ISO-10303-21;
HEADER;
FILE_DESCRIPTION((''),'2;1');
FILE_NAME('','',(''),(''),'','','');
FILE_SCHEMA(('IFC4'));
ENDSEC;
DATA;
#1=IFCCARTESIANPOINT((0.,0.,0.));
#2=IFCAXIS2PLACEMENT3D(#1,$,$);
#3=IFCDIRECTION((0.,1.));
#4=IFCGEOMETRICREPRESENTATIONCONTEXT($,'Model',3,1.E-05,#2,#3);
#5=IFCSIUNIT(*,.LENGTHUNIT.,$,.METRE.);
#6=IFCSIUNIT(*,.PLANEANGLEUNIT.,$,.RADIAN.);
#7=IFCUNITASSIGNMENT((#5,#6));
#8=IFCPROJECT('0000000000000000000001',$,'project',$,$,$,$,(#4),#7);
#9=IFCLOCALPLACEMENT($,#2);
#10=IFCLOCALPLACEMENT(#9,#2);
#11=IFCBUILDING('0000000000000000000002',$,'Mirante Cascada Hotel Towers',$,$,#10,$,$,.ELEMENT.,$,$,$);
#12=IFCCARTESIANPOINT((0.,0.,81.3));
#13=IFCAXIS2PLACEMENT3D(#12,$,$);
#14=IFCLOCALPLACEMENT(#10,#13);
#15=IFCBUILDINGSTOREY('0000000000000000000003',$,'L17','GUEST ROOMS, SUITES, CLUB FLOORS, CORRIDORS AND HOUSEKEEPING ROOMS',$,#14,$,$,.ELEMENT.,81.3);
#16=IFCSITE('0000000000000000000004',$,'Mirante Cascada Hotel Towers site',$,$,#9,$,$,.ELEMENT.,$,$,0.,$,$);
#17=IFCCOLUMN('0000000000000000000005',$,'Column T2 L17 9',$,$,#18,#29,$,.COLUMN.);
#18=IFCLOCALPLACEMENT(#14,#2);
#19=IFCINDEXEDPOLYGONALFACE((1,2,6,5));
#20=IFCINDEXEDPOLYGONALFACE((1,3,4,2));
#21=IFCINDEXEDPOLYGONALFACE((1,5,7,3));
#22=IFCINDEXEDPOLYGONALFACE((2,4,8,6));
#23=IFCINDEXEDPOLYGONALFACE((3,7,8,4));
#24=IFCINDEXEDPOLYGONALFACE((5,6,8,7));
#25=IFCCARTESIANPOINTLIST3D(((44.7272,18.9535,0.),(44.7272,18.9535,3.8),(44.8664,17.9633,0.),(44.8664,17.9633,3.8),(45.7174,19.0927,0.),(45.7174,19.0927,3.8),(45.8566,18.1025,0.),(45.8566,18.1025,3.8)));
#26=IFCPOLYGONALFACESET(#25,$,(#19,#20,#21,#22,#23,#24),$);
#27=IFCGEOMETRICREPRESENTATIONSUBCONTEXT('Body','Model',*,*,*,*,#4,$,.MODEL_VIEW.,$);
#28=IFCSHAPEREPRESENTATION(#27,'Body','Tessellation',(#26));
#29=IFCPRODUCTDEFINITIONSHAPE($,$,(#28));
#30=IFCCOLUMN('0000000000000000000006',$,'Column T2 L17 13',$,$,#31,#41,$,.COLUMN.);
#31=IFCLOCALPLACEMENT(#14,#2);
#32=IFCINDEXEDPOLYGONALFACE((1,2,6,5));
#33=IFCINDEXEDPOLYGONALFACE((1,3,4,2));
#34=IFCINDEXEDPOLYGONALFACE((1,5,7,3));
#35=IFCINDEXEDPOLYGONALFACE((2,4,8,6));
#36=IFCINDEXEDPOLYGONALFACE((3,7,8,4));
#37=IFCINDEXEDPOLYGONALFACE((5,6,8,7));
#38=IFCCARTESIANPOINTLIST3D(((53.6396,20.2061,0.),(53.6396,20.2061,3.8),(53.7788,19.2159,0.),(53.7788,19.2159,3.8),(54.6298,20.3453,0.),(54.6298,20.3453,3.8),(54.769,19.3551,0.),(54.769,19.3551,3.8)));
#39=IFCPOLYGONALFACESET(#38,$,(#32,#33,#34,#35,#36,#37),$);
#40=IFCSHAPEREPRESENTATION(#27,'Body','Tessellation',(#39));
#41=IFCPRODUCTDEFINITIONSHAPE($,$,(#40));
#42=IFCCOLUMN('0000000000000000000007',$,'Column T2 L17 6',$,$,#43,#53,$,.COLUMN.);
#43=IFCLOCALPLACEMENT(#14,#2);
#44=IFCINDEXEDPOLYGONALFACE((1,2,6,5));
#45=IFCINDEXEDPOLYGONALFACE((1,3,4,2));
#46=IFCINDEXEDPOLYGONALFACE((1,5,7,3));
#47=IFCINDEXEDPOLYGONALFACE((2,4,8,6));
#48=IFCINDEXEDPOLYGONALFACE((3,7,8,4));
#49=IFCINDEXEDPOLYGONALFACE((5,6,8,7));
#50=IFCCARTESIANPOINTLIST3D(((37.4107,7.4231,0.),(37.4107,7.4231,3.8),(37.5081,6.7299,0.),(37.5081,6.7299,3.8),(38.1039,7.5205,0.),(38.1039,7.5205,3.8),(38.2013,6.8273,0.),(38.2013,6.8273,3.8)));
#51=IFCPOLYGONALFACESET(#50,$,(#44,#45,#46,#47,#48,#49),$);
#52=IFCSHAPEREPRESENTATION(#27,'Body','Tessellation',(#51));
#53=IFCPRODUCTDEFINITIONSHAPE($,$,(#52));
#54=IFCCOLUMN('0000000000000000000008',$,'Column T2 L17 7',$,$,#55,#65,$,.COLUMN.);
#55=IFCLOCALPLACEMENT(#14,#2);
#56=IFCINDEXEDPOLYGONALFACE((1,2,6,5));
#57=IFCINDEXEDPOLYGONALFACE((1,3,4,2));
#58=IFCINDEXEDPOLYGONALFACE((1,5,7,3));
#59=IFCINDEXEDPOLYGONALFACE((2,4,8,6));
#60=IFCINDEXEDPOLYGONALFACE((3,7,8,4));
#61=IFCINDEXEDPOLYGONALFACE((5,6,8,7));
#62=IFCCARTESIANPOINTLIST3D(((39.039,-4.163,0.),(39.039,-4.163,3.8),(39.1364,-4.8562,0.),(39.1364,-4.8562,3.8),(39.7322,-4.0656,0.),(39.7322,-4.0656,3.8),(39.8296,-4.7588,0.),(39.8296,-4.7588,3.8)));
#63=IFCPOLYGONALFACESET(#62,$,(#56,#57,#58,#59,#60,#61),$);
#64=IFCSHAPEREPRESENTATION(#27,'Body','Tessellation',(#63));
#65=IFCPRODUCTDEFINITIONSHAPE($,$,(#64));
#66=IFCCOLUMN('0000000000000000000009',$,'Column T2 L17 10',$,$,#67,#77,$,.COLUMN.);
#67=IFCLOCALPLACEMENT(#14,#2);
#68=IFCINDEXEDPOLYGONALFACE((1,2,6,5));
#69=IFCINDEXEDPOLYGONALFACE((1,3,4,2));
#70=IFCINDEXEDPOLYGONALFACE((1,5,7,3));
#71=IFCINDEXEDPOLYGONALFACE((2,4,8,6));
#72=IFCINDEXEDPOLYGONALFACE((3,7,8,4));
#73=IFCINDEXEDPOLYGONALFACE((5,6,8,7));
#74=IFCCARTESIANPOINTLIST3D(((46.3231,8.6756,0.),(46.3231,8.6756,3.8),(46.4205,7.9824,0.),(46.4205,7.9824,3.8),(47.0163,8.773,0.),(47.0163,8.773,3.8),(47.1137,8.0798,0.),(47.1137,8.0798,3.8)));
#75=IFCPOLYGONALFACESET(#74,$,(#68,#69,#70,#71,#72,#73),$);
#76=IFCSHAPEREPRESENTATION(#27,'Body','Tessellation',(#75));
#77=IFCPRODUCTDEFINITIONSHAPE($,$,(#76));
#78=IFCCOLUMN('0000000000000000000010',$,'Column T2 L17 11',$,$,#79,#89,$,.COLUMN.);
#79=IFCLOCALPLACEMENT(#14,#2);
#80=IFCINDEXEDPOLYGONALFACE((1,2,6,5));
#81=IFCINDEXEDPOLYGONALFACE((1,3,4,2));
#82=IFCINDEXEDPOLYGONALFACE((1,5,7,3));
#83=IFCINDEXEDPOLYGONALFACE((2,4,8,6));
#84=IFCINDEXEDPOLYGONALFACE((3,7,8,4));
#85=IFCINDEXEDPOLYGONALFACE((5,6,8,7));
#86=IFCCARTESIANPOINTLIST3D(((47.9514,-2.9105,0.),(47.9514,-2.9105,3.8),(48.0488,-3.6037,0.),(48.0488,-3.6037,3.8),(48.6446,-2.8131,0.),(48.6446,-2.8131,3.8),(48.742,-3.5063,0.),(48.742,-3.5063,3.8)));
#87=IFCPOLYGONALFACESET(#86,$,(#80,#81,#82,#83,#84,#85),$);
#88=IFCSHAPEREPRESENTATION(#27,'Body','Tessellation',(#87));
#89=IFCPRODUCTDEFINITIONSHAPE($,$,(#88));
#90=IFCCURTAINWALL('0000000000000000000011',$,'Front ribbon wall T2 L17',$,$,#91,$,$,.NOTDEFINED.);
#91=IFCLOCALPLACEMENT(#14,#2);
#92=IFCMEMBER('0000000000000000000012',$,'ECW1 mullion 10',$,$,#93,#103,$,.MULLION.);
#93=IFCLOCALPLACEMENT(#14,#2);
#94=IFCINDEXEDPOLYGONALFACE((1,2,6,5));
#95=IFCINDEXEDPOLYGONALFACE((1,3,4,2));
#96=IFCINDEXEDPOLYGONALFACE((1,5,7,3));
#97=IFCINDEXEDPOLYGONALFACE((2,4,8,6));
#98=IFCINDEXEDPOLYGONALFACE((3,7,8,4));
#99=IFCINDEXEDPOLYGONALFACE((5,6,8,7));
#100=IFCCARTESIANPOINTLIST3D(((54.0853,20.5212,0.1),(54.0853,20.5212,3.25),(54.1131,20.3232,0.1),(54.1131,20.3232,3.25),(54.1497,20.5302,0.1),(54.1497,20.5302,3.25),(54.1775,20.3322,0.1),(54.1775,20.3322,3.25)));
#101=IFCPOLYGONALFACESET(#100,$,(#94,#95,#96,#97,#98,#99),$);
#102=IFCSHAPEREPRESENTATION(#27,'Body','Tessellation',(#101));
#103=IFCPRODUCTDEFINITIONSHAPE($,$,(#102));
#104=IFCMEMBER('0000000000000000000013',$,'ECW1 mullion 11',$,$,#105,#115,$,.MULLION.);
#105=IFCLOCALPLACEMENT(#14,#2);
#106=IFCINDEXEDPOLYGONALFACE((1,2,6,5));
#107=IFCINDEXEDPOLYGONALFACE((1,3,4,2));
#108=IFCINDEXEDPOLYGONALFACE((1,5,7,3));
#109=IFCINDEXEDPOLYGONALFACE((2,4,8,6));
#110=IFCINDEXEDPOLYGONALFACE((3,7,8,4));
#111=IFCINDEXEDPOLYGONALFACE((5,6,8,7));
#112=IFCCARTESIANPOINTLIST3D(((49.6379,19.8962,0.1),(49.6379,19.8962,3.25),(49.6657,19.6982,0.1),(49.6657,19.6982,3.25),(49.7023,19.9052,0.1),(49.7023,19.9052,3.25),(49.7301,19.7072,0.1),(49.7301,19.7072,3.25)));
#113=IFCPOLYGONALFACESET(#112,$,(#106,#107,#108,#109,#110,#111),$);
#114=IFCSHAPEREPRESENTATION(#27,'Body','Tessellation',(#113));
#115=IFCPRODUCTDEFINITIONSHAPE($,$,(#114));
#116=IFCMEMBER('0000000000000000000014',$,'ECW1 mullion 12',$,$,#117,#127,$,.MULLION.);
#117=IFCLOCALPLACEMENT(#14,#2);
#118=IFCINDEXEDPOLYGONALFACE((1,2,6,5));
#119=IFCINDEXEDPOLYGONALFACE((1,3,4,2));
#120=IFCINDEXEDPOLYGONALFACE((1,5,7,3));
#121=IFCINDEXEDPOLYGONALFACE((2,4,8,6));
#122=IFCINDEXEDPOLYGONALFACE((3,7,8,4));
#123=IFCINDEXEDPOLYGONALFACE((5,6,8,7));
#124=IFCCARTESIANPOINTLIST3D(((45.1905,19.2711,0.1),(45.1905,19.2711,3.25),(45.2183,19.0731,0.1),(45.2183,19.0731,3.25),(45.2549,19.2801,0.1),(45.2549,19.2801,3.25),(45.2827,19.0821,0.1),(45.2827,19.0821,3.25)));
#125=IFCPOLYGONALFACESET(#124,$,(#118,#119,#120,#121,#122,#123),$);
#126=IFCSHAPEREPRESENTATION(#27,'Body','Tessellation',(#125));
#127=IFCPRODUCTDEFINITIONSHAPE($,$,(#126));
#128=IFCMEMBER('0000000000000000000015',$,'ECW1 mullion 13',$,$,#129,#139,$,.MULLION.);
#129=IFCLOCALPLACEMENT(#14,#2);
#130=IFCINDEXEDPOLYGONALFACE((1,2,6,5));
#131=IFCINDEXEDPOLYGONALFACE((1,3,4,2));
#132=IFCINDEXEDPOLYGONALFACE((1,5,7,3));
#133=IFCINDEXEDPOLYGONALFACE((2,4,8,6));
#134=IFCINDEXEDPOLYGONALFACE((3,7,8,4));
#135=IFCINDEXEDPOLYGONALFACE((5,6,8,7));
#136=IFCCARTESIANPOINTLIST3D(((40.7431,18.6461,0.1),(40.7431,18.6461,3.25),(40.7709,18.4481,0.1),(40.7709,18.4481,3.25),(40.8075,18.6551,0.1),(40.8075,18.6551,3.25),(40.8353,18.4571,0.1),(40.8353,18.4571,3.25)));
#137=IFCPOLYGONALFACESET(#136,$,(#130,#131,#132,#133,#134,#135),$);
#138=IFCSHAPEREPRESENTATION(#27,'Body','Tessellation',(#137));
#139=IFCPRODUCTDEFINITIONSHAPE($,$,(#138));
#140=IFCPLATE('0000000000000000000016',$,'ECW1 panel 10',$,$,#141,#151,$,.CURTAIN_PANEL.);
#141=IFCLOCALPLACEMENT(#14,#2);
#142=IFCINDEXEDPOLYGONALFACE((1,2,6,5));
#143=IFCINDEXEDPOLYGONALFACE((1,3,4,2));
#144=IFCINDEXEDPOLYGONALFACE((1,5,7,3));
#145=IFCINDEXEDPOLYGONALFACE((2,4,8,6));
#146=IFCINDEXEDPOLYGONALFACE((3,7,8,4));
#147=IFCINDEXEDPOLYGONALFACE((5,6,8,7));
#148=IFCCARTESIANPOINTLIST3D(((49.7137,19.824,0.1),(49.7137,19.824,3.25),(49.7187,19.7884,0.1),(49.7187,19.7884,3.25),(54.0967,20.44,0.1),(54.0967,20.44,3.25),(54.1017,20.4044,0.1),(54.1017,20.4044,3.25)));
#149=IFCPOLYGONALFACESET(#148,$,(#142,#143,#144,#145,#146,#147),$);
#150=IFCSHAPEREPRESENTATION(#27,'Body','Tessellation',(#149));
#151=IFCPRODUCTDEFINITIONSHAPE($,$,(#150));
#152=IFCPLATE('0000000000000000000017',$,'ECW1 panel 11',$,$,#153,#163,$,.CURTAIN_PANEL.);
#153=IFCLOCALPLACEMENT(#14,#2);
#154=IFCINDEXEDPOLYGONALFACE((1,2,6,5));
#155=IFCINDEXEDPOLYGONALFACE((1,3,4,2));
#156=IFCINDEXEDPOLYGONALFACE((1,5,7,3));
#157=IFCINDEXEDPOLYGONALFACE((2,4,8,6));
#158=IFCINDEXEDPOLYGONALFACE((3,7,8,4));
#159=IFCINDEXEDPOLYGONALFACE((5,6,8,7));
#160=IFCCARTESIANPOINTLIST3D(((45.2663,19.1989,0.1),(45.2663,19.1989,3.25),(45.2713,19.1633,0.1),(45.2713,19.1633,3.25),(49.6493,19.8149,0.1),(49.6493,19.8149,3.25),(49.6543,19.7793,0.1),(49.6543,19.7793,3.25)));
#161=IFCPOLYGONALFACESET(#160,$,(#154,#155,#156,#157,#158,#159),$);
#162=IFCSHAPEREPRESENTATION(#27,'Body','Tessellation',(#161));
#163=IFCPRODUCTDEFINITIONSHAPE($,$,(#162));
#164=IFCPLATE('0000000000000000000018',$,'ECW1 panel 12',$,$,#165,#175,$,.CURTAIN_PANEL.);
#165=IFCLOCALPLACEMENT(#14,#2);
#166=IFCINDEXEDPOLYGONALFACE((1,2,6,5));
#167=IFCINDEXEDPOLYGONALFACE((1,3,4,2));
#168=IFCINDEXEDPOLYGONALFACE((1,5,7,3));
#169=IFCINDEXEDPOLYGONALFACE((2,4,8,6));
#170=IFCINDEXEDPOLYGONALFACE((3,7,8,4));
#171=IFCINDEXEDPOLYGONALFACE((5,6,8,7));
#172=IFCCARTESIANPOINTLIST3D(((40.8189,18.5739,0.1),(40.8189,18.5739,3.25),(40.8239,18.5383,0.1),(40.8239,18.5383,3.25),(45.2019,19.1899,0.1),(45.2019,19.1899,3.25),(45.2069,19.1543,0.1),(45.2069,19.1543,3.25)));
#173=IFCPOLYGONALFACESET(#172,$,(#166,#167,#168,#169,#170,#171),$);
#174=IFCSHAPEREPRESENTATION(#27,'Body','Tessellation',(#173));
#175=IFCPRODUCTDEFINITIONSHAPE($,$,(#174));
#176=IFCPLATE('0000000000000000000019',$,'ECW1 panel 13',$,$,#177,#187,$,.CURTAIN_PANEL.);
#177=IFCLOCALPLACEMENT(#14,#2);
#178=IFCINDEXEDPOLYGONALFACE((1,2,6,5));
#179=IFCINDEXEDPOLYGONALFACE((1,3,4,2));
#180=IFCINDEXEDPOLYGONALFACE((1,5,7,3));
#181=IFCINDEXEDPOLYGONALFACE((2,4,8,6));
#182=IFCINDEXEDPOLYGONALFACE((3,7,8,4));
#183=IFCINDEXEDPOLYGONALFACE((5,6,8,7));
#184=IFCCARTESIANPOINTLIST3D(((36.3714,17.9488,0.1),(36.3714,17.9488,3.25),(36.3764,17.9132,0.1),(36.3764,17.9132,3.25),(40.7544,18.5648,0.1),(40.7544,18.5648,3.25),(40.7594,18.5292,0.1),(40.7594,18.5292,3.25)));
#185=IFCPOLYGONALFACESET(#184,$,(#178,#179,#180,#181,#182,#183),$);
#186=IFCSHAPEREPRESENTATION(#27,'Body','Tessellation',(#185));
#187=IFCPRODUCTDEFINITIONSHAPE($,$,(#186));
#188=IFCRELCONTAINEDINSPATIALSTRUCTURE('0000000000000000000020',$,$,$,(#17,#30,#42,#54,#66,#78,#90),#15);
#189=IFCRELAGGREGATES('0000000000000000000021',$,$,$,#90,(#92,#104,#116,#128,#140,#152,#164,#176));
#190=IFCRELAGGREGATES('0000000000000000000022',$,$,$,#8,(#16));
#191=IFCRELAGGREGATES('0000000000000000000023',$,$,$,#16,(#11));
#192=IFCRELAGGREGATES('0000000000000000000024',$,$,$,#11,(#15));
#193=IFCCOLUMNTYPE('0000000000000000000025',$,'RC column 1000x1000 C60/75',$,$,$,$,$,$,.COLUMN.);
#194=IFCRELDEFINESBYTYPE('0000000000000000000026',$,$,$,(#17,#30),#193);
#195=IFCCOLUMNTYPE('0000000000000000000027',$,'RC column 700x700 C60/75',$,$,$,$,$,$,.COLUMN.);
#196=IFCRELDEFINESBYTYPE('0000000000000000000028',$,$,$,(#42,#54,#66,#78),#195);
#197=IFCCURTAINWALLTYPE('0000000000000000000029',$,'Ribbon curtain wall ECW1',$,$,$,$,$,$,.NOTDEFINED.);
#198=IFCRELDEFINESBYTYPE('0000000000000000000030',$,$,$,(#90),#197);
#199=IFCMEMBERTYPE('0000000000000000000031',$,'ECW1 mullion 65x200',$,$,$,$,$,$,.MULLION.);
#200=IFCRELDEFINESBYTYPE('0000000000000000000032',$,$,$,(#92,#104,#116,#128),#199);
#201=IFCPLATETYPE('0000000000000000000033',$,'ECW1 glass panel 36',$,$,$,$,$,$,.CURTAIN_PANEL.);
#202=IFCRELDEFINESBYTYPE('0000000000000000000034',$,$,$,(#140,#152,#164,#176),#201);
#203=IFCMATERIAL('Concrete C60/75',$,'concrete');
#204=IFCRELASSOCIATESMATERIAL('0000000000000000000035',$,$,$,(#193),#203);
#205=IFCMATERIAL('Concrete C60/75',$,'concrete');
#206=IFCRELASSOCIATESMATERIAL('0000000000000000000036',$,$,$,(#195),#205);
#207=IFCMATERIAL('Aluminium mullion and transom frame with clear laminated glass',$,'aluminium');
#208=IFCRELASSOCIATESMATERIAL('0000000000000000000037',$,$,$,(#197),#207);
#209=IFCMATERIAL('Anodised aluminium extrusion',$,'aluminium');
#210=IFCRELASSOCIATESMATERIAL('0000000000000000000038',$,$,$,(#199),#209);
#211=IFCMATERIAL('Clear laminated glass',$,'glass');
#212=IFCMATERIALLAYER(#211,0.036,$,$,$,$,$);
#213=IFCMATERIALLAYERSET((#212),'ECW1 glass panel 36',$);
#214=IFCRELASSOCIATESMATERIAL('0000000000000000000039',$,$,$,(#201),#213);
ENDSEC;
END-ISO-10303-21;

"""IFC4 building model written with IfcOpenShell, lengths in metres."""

from ifc_helpers import new_model, si_unit, direction, frame, origin, origin_2d, place, context, subcontext, project, spatial, rectangle, extrude, material, layer, layer_set, material_profile, profile_set, type_object, element, aggregate, save


model = new_model("IFC4")

# Units and contexts
model_context = context("Model", 3, precision=1e-05, world=origin(), true_north=direction((0.0, 1.0)))
body_context = subcontext(model_context, "Body", "Model", "MODEL_VIEW")
ifc_project = project(units=[si_unit("LENGTHUNIT", "METRE"), si_unit("PLANEANGLEUNIT", "RADIAN")], contexts=[model_context])

# Site, building, storey
site_placement = place(None, origin())
site = spatial("IfcSite", under=ifc_project, at=site_placement, Name="Mirante Cascada Hotel Towers site", CompositionType="ELEMENT", RefElevation=0.0)
building_placement = place(site_placement, origin())
building = spatial("IfcBuilding", under=site, at=building_placement, Name="Mirante Cascada Hotel Towers", CompositionType="ELEMENT")
storey_placement = place(building_placement, frame((0.0, 0.0, 81.3)))
storey = spatial("IfcBuildingStorey", under=building, at=storey_placement, Name="L17", Description="GUEST ROOMS, SUITES, CLUB FLOORS, CORRIDORS AND HOUSEKEEPING ROOMS", CompositionType="ELEMENT", Elevation=81.3)

# Columns
ifc_material_1 = material(Name="Concrete C60/75", Category="concrete")
ifc_material_profile_1 = material_profile(ifc_material_1, rectangle(XDim=1.0, YDim=1.0, at=origin_2d()), Name="RC column 1000x1000 C60/75")
ifc_profile_set_1 = profile_set([ifc_material_profile_1], Name="Concrete C60/75")
column_type_1 = type_object("IfcColumnType", Name="RC column 1000x1000 C60/75", PredefinedType="COLUMN", material=ifc_profile_set_1)
for number, where, z_axis, x_axis, name in (
    (1, (45.2919, 18.528, 0.0), (0.0, 0.0, 1.0), (0.990268, 0.139173, 0.0), "Column T2 L17 9"),
    (2, (54.2043, 19.7806, 0.0), (0.0, 0.0, 1.0), (0.990268, 0.139173, 0.0), "Column T2 L17 13"),
):
    element("IfcColumn", number, at=place(storey_placement, frame(where, z_axis=z_axis, x_axis=x_axis)), inside=storey, type_object=column_type_1, Name=name, PredefinedType="COLUMN", context=body_context, shape_type="SweptSolid", body=[
        extrude(rectangle(XDim=1.0, YDim=1.0, at=origin_2d()), origin(), (0.0, 0.0, 1.0), 3.8),
    ])
ifc_material_2 = material(Name="Concrete C60/75", Category="concrete")
ifc_material_profile_2 = material_profile(ifc_material_2, rectangle(XDim=0.7, YDim=0.7, at=origin_2d()), Name="RC column 700x700 C60/75")
ifc_profile_set_2 = profile_set([ifc_material_profile_2], Name="Concrete C60/75")
column_type_2 = type_object("IfcColumnType", Name="RC column 700x700 C60/75", PredefinedType="COLUMN", material=ifc_profile_set_2)
for number, where, z_axis, x_axis, name in (
    (3, (37.806, 7.1252, 0.0), (0.0, 0.0, 1.0), (0.990268, 0.139173, 0.0), "Column T2 L17 6"),
    (4, (39.4343, -4.4609, 0.0), (0.0, 0.0, 1.0), (0.990268, 0.139173, 0.0), "Column T2 L17 7"),
    (5, (46.7184, 8.3777, 0.0), (0.0, 0.0, 1.0), (0.990268, 0.139173, 0.0), "Column T2 L17 10"),
    (6, (48.3467, -3.2084, 0.0), (0.0, 0.0, 1.0), (0.990268, 0.139173, 0.0), "Column T2 L17 11"),
):
    element("IfcColumn", number, at=place(storey_placement, frame(where, z_axis=z_axis, x_axis=x_axis)), inside=storey, type_object=column_type_2, Name=name, PredefinedType="COLUMN", context=body_context, shape_type="SweptSolid", body=[
        extrude(rectangle(XDim=0.7, YDim=0.7, at=origin_2d()), origin(), (0.0, 0.0, 1.0), 3.8),
    ])

# Curtain wall, members, plates
ifc_material_3 = material(Name="Aluminium mullion and transom frame with clear laminated glass", Category="aluminium")
curtain_wall_type = type_object("IfcCurtainWallType", Name="Ribbon curtain wall ECW1", PredefinedType="NOTDEFINED", material=ifc_material_3)
curtain_wall_placement = place(storey_placement, origin())
curtain_wall = element("IfcCurtainWall", 7, at=curtain_wall_placement, inside=storey, type_object=curtain_wall_type, Name="Front ribbon wall T2 L17", PredefinedType="NOTDEFINED")
ifc_material_4 = material(Name="Anodised aluminium extrusion", Category="aluminium")
ifc_material_profile_3 = material_profile(ifc_material_4, rectangle(XDim=0.2, YDim=0.065, at=origin_2d()), Name="ECW1 MULLION 65x200")
ifc_profile_set_3 = profile_set([ifc_material_profile_3], Name="Anodised aluminium extrusion")
member_type = type_object("IfcMemberType", Name="ECW1 mullion 65x200", PredefinedType="MULLION", material=ifc_profile_set_3)
member_1_placement = place(storey_placement, frame((54.1314, 20.4267, 0.1), z_axis=(0.0, 0.0, 1.0), x_axis=(0.139173, -0.990268, 0.0)))
member_1 = element("IfcMember", 8, at=member_1_placement, type_object=member_type, Name="ECW1 mullion 10", PredefinedType="MULLION", context=body_context, shape_type="SweptSolid", body=[
    extrude(rectangle(XDim=0.2, YDim=0.065, at=origin_2d()), origin(), (0.0, 0.0, 1.0), 3.15),
])
member_2_placement = place(storey_placement, frame((49.684, 19.8017, 0.1), z_axis=(0.0, 0.0, 1.0), x_axis=(0.139173, -0.990268, 0.0)))
member_2 = element("IfcMember", 9, at=member_2_placement, type_object=member_type, Name="ECW1 mullion 11", PredefinedType="MULLION", context=body_context, shape_type="SweptSolid", body=[
    extrude(rectangle(XDim=0.2, YDim=0.065, at=origin_2d()), origin(), (0.0, 0.0, 1.0), 3.15),
])
member_3_placement = place(storey_placement, frame((45.2366, 19.1766, 0.1), z_axis=(0.0, 0.0, 1.0), x_axis=(0.139173, -0.990268, 0.0)))
member_3 = element("IfcMember", 10, at=member_3_placement, type_object=member_type, Name="ECW1 mullion 12", PredefinedType="MULLION", context=body_context, shape_type="SweptSolid", body=[
    extrude(rectangle(XDim=0.2, YDim=0.065, at=origin_2d()), origin(), (0.0, 0.0, 1.0), 3.15),
])
member_4_placement = place(storey_placement, frame((40.7892, 18.5516, 0.1), z_axis=(0.0, 0.0, 1.0), x_axis=(0.139173, -0.990268, 0.0)))
member_4 = element("IfcMember", 11, at=member_4_placement, type_object=member_type, Name="ECW1 mullion 13", PredefinedType="MULLION", context=body_context, shape_type="SweptSolid", body=[
    extrude(rectangle(XDim=0.2, YDim=0.065, at=origin_2d()), origin(), (0.0, 0.0, 1.0), 3.15),
])
ifc_material_5 = material(Name="Clear laminated glass", Category="glass")
ifc_layer_1 = layer(ifc_material_5, 0.036)
ifc_layer_set_1 = layer_set([ifc_layer_1], Name="ECW1 glass panel 36")
plate_type = type_object("IfcPlateType", Name="ECW1 glass panel 36", PredefinedType="CURTAIN_PANEL", material=ifc_layer_set_1)
plate_1_placement = place(storey_placement, frame((51.9077, 20.1142, 0.1), z_axis=(0.0, 0.0, 1.0), x_axis=(-0.990268, -0.139173, 0.0)))
plate_1 = element("IfcPlate", 12, at=plate_1_placement, type_object=plate_type, Name="ECW1 panel 10", PredefinedType="CURTAIN_PANEL", context=body_context, shape_type="SweptSolid", body=[
    extrude(rectangle(XDim=4.4261, YDim=0.036, at=origin_2d()), origin(), (0.0, 0.0, 1.0), 3.15),
])
plate_2_placement = place(storey_placement, frame((47.4603, 19.4891, 0.1), z_axis=(0.0, 0.0, 1.0), x_axis=(-0.990268, -0.139173, 0.0)))
plate_2 = element("IfcPlate", 13, at=plate_2_placement, type_object=plate_type, Name="ECW1 panel 11", PredefinedType="CURTAIN_PANEL", context=body_context, shape_type="SweptSolid", body=[
    extrude(rectangle(XDim=4.4261, YDim=0.036, at=origin_2d()), origin(), (0.0, 0.0, 1.0), 3.15),
])
plate_3_placement = place(storey_placement, frame((43.0129, 18.8641, 0.1), z_axis=(0.0, 0.0, 1.0), x_axis=(-0.990268, -0.139173, 0.0)))
plate_3 = element("IfcPlate", 14, at=plate_3_placement, type_object=plate_type, Name="ECW1 panel 12", PredefinedType="CURTAIN_PANEL", context=body_context, shape_type="SweptSolid", body=[
    extrude(rectangle(XDim=4.4261, YDim=0.036, at=origin_2d()), origin(), (0.0, 0.0, 1.0), 3.15),
])
plate_4_placement = place(storey_placement, frame((38.5654, 18.239, 0.1), z_axis=(0.0, 0.0, 1.0), x_axis=(-0.990268, -0.139173, 0.0)))
plate_4 = element("IfcPlate", 15, at=plate_4_placement, type_object=plate_type, Name="ECW1 panel 13", PredefinedType="CURTAIN_PANEL", context=body_context, shape_type="SweptSolid", body=[
    extrude(rectangle(XDim=4.4261, YDim=0.036, at=origin_2d()), origin(), (0.0, 0.0, 1.0), 3.15),
])
aggregate(curtain_wall, [member_1, member_2, member_3, member_4, plate_1, plate_2, plate_3, plate_4])

save(model, "model.ifc")
